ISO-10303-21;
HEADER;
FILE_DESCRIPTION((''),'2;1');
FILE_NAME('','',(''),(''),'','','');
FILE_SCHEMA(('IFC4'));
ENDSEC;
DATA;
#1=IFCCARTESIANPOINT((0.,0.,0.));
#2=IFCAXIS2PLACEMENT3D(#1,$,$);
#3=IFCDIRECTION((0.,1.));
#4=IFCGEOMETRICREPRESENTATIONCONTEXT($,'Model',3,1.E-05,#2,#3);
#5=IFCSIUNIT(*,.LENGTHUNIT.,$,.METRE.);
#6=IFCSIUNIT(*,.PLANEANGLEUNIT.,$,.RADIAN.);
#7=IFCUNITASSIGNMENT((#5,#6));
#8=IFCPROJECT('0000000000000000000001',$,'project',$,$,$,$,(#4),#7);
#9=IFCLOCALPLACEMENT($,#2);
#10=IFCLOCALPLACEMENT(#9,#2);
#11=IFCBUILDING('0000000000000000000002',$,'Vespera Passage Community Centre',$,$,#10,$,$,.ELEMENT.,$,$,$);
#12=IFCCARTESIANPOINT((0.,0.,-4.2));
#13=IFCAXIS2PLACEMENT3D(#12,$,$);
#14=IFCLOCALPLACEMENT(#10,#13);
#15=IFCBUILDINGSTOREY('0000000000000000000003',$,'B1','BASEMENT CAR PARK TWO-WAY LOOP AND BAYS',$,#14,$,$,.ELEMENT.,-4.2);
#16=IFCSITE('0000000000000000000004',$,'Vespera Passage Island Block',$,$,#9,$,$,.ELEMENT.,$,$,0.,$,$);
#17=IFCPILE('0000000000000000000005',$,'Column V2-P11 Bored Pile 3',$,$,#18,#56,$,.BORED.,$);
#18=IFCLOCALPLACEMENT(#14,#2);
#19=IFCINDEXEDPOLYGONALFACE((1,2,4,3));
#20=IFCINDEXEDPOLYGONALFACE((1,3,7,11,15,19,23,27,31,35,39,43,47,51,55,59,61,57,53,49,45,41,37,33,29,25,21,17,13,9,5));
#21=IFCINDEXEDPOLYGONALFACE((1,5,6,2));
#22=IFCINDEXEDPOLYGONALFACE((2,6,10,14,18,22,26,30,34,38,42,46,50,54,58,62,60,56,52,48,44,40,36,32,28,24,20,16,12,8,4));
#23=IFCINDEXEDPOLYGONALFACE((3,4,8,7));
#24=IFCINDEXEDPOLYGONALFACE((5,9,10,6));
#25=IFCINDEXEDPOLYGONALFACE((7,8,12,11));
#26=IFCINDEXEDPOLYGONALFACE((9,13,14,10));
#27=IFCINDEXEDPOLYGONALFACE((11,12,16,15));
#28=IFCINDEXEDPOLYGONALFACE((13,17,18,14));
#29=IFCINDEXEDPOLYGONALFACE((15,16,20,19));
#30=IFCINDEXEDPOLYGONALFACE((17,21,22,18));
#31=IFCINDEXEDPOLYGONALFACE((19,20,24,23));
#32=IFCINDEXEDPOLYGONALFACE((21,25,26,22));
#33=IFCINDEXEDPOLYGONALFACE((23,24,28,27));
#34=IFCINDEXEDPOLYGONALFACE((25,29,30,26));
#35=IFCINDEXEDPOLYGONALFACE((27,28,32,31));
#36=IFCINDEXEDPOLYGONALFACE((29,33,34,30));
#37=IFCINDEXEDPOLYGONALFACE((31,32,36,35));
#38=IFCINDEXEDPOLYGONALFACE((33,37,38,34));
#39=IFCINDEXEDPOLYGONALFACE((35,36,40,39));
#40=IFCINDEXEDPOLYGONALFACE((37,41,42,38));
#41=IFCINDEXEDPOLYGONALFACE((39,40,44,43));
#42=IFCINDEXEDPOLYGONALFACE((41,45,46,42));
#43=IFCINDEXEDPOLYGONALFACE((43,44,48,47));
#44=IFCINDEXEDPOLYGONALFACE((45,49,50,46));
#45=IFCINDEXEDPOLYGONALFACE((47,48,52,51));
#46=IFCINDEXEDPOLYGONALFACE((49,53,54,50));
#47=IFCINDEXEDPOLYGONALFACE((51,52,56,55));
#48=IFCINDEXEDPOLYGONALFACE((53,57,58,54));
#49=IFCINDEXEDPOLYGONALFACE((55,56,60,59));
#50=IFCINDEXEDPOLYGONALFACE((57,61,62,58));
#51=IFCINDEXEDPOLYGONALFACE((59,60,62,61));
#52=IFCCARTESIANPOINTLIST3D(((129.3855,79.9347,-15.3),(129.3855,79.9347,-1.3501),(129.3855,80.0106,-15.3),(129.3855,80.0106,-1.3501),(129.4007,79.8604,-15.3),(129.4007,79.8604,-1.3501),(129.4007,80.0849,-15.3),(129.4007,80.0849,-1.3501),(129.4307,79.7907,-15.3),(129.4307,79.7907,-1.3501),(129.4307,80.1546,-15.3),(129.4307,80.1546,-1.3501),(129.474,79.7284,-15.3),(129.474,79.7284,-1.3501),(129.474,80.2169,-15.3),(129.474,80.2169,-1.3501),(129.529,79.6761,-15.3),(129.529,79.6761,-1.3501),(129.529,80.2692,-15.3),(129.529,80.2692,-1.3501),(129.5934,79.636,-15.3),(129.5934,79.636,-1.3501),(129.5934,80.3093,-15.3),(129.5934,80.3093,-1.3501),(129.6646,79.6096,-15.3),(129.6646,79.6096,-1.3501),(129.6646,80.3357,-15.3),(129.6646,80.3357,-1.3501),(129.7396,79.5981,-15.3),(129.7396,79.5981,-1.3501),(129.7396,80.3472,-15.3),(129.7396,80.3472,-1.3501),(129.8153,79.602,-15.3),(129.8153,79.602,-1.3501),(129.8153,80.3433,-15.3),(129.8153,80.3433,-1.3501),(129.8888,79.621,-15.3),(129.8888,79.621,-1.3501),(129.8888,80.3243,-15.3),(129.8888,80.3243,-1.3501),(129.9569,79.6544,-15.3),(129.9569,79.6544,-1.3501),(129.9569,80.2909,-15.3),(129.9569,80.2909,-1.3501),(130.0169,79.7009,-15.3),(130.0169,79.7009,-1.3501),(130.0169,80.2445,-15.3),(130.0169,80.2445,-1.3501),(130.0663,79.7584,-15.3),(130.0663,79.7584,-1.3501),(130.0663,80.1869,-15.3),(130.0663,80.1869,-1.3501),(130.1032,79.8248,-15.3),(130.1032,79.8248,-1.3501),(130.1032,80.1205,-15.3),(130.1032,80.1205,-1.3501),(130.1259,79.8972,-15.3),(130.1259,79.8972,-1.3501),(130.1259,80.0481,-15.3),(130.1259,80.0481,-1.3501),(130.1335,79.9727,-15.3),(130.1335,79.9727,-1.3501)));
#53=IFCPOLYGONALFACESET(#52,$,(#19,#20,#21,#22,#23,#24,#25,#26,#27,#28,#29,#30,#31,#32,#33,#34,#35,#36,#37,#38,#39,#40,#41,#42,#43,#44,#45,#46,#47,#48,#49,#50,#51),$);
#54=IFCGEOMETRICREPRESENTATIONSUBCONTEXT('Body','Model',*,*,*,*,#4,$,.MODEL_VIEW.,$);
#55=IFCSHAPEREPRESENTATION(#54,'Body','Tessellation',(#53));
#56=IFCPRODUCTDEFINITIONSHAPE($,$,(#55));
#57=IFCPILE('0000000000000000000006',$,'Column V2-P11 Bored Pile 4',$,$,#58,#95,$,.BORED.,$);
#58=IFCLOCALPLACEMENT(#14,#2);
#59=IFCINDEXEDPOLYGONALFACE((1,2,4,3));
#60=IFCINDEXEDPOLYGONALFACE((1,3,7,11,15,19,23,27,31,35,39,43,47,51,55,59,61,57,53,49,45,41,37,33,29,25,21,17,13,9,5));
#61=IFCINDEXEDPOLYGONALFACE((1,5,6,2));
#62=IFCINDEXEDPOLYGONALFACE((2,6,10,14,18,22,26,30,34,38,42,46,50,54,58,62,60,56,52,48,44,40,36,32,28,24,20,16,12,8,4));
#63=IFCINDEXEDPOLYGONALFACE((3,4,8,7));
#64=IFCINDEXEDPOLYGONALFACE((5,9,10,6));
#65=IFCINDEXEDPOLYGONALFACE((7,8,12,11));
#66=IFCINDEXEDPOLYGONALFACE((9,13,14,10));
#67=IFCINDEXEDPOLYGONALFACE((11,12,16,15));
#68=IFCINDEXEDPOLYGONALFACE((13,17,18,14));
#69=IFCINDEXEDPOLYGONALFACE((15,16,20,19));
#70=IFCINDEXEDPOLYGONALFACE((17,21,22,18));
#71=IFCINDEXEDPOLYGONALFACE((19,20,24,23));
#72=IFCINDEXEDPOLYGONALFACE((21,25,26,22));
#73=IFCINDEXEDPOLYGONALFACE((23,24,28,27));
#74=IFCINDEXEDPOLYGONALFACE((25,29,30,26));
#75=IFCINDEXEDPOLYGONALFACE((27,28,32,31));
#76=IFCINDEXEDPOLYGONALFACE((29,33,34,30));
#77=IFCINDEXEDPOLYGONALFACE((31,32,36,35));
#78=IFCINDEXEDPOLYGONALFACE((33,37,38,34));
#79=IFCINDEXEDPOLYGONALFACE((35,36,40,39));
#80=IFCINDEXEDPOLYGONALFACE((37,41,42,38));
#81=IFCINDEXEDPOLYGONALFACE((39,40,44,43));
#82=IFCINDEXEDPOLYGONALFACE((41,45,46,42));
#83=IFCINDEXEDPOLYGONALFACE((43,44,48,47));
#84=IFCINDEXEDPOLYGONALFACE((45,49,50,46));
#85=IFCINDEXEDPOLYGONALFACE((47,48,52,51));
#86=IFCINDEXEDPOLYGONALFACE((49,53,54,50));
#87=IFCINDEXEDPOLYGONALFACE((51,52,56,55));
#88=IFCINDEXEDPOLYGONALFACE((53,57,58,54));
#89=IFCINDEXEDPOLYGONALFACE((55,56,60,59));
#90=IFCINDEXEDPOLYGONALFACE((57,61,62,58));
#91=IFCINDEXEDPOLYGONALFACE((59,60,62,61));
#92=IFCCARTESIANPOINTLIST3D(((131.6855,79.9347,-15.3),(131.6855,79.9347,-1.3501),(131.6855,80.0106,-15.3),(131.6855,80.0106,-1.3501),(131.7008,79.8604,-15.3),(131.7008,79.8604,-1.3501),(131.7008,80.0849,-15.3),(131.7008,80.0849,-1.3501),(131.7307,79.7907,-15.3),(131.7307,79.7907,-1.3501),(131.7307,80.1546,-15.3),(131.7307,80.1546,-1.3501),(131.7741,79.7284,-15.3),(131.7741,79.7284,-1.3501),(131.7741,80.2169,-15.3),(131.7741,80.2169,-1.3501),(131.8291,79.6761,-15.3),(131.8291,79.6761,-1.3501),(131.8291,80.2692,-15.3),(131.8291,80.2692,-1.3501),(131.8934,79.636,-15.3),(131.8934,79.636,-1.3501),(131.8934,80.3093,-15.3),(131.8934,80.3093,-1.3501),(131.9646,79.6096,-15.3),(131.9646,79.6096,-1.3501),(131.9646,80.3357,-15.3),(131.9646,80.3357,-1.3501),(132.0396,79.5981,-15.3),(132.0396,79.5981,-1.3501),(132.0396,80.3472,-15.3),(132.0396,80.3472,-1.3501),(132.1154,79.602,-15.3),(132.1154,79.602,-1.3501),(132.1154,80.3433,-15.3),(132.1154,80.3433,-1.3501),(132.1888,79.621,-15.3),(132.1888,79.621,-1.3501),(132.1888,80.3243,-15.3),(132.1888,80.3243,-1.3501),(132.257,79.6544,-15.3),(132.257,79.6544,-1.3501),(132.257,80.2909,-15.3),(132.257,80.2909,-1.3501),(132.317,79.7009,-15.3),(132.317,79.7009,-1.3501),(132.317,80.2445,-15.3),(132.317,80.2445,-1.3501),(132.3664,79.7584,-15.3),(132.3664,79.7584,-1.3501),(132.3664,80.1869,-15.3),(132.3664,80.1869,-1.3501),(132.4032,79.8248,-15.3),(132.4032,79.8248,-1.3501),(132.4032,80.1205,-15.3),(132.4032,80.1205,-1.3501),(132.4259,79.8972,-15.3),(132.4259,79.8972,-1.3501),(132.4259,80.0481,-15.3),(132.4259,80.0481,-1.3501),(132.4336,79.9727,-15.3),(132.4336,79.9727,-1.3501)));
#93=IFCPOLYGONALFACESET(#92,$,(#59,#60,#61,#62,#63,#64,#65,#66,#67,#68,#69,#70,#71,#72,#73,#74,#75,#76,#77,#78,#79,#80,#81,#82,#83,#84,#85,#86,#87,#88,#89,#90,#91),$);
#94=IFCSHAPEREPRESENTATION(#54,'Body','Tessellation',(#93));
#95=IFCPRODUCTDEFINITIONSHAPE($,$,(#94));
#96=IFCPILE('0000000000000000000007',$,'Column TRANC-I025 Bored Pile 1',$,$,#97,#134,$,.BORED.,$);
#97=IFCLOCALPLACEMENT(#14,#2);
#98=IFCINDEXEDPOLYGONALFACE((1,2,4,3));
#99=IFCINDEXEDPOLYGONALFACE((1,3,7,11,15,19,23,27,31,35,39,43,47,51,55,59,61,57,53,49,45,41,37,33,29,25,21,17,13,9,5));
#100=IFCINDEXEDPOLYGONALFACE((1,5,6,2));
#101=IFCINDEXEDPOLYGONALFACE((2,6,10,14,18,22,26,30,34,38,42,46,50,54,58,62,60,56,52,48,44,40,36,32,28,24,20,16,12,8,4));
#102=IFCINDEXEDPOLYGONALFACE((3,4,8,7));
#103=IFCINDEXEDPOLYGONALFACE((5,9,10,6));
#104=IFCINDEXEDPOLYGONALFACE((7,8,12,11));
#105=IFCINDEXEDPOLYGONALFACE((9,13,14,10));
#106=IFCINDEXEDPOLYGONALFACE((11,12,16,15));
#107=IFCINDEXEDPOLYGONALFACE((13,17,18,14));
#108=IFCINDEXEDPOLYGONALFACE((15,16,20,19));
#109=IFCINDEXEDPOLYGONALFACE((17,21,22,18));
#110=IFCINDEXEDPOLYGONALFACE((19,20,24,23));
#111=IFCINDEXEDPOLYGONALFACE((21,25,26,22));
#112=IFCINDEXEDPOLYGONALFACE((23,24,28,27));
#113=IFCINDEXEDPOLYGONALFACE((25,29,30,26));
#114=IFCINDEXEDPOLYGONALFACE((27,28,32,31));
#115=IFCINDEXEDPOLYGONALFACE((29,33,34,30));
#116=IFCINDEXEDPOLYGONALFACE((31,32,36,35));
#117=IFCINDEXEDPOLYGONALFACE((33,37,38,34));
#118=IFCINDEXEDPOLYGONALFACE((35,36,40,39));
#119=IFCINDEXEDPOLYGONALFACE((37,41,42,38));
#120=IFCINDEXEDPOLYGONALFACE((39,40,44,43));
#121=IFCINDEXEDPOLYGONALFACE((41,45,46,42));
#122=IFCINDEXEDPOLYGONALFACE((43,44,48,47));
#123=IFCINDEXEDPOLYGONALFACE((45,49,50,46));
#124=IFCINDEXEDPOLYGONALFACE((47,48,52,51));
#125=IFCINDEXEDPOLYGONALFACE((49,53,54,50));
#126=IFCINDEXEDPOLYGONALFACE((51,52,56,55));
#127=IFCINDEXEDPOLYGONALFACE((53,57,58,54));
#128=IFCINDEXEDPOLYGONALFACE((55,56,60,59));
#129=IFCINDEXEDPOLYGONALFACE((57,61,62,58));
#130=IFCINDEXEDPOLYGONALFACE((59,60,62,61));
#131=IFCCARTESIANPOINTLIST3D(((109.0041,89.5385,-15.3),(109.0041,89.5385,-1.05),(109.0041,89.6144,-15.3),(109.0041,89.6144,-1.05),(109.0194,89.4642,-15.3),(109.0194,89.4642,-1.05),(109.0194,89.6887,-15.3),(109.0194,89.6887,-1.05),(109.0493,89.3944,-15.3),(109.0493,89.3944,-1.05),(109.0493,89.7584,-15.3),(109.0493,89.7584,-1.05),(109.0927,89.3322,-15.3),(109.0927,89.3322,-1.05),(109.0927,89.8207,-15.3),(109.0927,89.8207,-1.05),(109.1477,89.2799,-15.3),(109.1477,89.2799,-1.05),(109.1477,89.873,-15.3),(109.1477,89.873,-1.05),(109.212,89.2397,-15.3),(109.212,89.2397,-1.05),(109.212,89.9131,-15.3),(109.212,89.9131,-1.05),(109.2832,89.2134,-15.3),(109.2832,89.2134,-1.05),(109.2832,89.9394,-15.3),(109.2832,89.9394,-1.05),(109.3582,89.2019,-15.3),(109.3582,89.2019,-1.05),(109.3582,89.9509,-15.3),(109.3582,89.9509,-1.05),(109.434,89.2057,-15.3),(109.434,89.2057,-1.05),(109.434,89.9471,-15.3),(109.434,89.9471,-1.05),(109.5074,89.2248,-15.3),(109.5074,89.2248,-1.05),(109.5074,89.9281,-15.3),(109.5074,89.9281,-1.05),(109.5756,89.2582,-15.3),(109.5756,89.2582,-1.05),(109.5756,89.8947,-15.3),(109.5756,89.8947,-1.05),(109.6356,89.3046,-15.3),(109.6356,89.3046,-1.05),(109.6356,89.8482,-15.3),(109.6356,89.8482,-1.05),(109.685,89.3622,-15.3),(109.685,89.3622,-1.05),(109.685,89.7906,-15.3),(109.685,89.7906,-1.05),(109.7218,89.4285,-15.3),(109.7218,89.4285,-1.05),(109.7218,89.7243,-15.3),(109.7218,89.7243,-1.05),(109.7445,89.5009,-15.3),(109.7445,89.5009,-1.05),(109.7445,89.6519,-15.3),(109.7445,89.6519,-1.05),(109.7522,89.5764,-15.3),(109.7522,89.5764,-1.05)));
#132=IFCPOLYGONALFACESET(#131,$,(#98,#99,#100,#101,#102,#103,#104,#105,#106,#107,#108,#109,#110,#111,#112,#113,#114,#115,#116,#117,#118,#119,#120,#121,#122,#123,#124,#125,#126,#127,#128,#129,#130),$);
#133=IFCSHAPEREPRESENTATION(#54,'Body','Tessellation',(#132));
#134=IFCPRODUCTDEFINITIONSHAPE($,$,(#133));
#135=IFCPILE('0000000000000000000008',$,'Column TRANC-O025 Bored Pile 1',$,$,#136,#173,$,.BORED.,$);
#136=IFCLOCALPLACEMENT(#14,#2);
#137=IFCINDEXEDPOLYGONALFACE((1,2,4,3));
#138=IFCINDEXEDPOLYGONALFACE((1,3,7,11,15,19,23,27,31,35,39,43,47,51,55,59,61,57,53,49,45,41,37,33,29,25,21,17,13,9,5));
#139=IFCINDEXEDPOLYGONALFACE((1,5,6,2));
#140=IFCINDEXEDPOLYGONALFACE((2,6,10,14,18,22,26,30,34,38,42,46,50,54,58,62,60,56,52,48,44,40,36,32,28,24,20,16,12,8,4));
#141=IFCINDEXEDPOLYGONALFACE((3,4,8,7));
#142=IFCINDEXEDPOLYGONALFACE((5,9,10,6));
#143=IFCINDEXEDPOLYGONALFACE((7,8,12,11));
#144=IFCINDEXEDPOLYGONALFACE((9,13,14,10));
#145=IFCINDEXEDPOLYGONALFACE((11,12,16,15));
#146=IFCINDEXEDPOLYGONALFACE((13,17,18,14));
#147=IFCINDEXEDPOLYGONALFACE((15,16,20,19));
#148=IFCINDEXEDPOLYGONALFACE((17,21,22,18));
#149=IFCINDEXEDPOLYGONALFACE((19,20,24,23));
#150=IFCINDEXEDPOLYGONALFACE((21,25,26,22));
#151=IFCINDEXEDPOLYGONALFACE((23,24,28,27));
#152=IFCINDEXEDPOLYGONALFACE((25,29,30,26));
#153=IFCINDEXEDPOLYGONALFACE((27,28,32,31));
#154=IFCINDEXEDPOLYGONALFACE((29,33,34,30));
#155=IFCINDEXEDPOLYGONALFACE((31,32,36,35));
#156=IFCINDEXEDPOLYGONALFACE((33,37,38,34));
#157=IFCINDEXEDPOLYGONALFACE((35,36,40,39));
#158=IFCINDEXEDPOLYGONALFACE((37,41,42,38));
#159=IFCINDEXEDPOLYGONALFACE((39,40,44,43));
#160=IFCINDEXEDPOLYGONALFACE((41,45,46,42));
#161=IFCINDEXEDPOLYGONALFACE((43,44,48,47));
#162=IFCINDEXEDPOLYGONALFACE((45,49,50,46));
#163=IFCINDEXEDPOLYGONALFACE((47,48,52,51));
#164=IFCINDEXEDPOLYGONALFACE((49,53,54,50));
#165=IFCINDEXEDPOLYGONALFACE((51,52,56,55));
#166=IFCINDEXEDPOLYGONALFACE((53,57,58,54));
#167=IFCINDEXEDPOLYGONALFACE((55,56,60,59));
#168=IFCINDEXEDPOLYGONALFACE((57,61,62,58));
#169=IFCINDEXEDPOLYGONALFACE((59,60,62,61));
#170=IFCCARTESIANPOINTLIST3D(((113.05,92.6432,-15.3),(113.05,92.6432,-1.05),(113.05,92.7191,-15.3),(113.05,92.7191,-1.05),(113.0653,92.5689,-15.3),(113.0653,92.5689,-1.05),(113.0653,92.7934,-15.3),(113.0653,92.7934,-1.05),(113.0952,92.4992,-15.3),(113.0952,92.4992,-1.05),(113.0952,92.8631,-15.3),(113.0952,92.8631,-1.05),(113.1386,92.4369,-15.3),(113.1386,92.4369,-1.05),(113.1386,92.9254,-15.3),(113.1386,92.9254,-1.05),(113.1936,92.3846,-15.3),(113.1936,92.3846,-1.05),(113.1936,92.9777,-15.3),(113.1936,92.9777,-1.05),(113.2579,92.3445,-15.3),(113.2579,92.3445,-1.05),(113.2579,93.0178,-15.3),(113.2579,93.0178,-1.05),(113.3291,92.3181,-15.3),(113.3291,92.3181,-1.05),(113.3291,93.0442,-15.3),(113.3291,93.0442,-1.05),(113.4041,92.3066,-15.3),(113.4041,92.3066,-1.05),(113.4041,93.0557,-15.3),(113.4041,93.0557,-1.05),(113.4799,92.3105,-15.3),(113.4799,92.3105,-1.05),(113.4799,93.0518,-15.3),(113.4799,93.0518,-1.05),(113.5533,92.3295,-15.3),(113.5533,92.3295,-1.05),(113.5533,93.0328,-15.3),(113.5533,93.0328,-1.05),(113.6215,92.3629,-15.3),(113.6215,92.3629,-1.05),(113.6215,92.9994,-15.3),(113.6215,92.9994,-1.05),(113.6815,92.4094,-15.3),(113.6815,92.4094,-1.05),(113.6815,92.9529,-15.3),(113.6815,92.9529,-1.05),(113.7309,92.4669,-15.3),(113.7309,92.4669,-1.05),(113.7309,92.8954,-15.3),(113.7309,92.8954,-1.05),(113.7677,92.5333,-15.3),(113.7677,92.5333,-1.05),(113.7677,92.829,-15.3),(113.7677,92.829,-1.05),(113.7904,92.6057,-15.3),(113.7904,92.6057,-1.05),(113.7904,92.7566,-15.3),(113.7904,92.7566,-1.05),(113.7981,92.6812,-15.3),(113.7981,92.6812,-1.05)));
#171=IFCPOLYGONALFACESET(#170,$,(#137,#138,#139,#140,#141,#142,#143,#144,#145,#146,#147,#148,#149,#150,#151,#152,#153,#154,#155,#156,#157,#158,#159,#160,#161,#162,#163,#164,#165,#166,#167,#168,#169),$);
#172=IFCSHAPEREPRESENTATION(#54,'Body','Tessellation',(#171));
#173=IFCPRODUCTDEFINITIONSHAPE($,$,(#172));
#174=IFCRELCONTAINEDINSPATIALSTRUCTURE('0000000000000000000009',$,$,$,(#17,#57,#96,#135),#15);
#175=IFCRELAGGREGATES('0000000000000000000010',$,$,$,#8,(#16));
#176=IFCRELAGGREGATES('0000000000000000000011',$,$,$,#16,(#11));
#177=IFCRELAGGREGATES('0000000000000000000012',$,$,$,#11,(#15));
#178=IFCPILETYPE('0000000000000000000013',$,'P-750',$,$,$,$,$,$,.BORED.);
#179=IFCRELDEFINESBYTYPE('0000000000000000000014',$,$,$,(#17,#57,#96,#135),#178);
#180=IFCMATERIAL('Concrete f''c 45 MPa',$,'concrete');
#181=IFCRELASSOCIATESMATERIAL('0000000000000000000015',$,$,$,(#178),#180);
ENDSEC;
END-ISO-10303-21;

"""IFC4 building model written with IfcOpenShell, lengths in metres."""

from ifc_helpers import new_model, si_unit, direction, frame, origin, origin_2d, place, context, subcontext, project, spatial, circle, extrude, material, material_profile, profile_set, type_object, element, save


model = new_model("IFC4")

# Units and contexts
model_context = context("Model", 3, precision=1e-05, world=origin(), true_north=direction((0.0, 1.0)))
body_context = subcontext(model_context, "Body", "Model", "MODEL_VIEW")
ifc_project = project(units=[si_unit("LENGTHUNIT", "METRE"), si_unit("PLANEANGLEUNIT", "RADIAN")], contexts=[model_context])

# Site, building, storey
site_placement = place(None, origin())
site = spatial("IfcSite", under=ifc_project, at=site_placement, Name="Vespera Passage Island Block", CompositionType="ELEMENT", RefElevation=0.0)
building_placement = place(site_placement, origin())
building = spatial("IfcBuilding", under=site, at=building_placement, Name="Vespera Passage Community Centre", CompositionType="ELEMENT")
storey_placement = place(building_placement, frame((0.0, 0.0, -4.2)))
storey = spatial("IfcBuildingStorey", under=building, at=storey_placement, Name="B1", Description="BASEMENT CAR PARK TWO-WAY LOOP AND BAYS", CompositionType="ELEMENT", Elevation=-4.2)

# Piles
ifc_material_1 = material(Name="Concrete f'c 45 MPa", Category="concrete")
ifc_material_profile_1 = material_profile(ifc_material_1, circle(Radius=0.375, at=origin_2d()), Name="PILE750DIA")
ifc_profile_set_1 = profile_set([ifc_material_profile_1], Name="Concrete f'c 45 MPa")
pile_type_1 = type_object("IfcPileType", Name="P-750", PredefinedType="BORED", material=ifc_profile_set_1)
for number, where, z_axis, x_axis, name in (
    (1, (129.7585, 79.9727, -1.3501), (0.0, 0.0, -1.0), (1.0, 0.0, 0.0), "Column V2-P11 Bored Pile 3"),
    (2, (132.0586, 79.9727, -1.3501), (0.0, 0.0, -1.0), (1.0, 0.0, 0.0), "Column V2-P11 Bored Pile 4"),
):
    element("IfcPile", number, at=place(storey_placement, frame(where, z_axis=z_axis, x_axis=x_axis)), inside=storey, type_object=pile_type_1, Name=name, PredefinedType="BORED", context=body_context, shape_type="SweptSolid", body=[
        extrude(circle(Radius=0.375, at=origin_2d()), origin(), (0.0, 0.0, 1.0), 13.95),
    ])
for number, where, z_axis, x_axis, name in (
    (3, (109.3772, 89.5764, -1.05), (0.0, 0.0, -1.0), (1.0, 0.0, 0.0), "Column TRANC-I025 Bored Pile 1"),
    (4, (113.4231, 92.6812, -1.05), (0.0, 0.0, -1.0), (1.0, 0.0, 0.0), "Column TRANC-O025 Bored Pile 1"),
):
    element("IfcPile", number, at=place(storey_placement, frame(where, z_axis=z_axis, x_axis=x_axis)), inside=storey, type_object=pile_type_1, Name=name, PredefinedType="BORED", context=body_context, shape_type="SweptSolid", body=[
        extrude(circle(Radius=0.375, at=origin_2d()), origin(), (0.0, 0.0, 1.0), 14.25),
    ])

save(model, "model.ifc")
